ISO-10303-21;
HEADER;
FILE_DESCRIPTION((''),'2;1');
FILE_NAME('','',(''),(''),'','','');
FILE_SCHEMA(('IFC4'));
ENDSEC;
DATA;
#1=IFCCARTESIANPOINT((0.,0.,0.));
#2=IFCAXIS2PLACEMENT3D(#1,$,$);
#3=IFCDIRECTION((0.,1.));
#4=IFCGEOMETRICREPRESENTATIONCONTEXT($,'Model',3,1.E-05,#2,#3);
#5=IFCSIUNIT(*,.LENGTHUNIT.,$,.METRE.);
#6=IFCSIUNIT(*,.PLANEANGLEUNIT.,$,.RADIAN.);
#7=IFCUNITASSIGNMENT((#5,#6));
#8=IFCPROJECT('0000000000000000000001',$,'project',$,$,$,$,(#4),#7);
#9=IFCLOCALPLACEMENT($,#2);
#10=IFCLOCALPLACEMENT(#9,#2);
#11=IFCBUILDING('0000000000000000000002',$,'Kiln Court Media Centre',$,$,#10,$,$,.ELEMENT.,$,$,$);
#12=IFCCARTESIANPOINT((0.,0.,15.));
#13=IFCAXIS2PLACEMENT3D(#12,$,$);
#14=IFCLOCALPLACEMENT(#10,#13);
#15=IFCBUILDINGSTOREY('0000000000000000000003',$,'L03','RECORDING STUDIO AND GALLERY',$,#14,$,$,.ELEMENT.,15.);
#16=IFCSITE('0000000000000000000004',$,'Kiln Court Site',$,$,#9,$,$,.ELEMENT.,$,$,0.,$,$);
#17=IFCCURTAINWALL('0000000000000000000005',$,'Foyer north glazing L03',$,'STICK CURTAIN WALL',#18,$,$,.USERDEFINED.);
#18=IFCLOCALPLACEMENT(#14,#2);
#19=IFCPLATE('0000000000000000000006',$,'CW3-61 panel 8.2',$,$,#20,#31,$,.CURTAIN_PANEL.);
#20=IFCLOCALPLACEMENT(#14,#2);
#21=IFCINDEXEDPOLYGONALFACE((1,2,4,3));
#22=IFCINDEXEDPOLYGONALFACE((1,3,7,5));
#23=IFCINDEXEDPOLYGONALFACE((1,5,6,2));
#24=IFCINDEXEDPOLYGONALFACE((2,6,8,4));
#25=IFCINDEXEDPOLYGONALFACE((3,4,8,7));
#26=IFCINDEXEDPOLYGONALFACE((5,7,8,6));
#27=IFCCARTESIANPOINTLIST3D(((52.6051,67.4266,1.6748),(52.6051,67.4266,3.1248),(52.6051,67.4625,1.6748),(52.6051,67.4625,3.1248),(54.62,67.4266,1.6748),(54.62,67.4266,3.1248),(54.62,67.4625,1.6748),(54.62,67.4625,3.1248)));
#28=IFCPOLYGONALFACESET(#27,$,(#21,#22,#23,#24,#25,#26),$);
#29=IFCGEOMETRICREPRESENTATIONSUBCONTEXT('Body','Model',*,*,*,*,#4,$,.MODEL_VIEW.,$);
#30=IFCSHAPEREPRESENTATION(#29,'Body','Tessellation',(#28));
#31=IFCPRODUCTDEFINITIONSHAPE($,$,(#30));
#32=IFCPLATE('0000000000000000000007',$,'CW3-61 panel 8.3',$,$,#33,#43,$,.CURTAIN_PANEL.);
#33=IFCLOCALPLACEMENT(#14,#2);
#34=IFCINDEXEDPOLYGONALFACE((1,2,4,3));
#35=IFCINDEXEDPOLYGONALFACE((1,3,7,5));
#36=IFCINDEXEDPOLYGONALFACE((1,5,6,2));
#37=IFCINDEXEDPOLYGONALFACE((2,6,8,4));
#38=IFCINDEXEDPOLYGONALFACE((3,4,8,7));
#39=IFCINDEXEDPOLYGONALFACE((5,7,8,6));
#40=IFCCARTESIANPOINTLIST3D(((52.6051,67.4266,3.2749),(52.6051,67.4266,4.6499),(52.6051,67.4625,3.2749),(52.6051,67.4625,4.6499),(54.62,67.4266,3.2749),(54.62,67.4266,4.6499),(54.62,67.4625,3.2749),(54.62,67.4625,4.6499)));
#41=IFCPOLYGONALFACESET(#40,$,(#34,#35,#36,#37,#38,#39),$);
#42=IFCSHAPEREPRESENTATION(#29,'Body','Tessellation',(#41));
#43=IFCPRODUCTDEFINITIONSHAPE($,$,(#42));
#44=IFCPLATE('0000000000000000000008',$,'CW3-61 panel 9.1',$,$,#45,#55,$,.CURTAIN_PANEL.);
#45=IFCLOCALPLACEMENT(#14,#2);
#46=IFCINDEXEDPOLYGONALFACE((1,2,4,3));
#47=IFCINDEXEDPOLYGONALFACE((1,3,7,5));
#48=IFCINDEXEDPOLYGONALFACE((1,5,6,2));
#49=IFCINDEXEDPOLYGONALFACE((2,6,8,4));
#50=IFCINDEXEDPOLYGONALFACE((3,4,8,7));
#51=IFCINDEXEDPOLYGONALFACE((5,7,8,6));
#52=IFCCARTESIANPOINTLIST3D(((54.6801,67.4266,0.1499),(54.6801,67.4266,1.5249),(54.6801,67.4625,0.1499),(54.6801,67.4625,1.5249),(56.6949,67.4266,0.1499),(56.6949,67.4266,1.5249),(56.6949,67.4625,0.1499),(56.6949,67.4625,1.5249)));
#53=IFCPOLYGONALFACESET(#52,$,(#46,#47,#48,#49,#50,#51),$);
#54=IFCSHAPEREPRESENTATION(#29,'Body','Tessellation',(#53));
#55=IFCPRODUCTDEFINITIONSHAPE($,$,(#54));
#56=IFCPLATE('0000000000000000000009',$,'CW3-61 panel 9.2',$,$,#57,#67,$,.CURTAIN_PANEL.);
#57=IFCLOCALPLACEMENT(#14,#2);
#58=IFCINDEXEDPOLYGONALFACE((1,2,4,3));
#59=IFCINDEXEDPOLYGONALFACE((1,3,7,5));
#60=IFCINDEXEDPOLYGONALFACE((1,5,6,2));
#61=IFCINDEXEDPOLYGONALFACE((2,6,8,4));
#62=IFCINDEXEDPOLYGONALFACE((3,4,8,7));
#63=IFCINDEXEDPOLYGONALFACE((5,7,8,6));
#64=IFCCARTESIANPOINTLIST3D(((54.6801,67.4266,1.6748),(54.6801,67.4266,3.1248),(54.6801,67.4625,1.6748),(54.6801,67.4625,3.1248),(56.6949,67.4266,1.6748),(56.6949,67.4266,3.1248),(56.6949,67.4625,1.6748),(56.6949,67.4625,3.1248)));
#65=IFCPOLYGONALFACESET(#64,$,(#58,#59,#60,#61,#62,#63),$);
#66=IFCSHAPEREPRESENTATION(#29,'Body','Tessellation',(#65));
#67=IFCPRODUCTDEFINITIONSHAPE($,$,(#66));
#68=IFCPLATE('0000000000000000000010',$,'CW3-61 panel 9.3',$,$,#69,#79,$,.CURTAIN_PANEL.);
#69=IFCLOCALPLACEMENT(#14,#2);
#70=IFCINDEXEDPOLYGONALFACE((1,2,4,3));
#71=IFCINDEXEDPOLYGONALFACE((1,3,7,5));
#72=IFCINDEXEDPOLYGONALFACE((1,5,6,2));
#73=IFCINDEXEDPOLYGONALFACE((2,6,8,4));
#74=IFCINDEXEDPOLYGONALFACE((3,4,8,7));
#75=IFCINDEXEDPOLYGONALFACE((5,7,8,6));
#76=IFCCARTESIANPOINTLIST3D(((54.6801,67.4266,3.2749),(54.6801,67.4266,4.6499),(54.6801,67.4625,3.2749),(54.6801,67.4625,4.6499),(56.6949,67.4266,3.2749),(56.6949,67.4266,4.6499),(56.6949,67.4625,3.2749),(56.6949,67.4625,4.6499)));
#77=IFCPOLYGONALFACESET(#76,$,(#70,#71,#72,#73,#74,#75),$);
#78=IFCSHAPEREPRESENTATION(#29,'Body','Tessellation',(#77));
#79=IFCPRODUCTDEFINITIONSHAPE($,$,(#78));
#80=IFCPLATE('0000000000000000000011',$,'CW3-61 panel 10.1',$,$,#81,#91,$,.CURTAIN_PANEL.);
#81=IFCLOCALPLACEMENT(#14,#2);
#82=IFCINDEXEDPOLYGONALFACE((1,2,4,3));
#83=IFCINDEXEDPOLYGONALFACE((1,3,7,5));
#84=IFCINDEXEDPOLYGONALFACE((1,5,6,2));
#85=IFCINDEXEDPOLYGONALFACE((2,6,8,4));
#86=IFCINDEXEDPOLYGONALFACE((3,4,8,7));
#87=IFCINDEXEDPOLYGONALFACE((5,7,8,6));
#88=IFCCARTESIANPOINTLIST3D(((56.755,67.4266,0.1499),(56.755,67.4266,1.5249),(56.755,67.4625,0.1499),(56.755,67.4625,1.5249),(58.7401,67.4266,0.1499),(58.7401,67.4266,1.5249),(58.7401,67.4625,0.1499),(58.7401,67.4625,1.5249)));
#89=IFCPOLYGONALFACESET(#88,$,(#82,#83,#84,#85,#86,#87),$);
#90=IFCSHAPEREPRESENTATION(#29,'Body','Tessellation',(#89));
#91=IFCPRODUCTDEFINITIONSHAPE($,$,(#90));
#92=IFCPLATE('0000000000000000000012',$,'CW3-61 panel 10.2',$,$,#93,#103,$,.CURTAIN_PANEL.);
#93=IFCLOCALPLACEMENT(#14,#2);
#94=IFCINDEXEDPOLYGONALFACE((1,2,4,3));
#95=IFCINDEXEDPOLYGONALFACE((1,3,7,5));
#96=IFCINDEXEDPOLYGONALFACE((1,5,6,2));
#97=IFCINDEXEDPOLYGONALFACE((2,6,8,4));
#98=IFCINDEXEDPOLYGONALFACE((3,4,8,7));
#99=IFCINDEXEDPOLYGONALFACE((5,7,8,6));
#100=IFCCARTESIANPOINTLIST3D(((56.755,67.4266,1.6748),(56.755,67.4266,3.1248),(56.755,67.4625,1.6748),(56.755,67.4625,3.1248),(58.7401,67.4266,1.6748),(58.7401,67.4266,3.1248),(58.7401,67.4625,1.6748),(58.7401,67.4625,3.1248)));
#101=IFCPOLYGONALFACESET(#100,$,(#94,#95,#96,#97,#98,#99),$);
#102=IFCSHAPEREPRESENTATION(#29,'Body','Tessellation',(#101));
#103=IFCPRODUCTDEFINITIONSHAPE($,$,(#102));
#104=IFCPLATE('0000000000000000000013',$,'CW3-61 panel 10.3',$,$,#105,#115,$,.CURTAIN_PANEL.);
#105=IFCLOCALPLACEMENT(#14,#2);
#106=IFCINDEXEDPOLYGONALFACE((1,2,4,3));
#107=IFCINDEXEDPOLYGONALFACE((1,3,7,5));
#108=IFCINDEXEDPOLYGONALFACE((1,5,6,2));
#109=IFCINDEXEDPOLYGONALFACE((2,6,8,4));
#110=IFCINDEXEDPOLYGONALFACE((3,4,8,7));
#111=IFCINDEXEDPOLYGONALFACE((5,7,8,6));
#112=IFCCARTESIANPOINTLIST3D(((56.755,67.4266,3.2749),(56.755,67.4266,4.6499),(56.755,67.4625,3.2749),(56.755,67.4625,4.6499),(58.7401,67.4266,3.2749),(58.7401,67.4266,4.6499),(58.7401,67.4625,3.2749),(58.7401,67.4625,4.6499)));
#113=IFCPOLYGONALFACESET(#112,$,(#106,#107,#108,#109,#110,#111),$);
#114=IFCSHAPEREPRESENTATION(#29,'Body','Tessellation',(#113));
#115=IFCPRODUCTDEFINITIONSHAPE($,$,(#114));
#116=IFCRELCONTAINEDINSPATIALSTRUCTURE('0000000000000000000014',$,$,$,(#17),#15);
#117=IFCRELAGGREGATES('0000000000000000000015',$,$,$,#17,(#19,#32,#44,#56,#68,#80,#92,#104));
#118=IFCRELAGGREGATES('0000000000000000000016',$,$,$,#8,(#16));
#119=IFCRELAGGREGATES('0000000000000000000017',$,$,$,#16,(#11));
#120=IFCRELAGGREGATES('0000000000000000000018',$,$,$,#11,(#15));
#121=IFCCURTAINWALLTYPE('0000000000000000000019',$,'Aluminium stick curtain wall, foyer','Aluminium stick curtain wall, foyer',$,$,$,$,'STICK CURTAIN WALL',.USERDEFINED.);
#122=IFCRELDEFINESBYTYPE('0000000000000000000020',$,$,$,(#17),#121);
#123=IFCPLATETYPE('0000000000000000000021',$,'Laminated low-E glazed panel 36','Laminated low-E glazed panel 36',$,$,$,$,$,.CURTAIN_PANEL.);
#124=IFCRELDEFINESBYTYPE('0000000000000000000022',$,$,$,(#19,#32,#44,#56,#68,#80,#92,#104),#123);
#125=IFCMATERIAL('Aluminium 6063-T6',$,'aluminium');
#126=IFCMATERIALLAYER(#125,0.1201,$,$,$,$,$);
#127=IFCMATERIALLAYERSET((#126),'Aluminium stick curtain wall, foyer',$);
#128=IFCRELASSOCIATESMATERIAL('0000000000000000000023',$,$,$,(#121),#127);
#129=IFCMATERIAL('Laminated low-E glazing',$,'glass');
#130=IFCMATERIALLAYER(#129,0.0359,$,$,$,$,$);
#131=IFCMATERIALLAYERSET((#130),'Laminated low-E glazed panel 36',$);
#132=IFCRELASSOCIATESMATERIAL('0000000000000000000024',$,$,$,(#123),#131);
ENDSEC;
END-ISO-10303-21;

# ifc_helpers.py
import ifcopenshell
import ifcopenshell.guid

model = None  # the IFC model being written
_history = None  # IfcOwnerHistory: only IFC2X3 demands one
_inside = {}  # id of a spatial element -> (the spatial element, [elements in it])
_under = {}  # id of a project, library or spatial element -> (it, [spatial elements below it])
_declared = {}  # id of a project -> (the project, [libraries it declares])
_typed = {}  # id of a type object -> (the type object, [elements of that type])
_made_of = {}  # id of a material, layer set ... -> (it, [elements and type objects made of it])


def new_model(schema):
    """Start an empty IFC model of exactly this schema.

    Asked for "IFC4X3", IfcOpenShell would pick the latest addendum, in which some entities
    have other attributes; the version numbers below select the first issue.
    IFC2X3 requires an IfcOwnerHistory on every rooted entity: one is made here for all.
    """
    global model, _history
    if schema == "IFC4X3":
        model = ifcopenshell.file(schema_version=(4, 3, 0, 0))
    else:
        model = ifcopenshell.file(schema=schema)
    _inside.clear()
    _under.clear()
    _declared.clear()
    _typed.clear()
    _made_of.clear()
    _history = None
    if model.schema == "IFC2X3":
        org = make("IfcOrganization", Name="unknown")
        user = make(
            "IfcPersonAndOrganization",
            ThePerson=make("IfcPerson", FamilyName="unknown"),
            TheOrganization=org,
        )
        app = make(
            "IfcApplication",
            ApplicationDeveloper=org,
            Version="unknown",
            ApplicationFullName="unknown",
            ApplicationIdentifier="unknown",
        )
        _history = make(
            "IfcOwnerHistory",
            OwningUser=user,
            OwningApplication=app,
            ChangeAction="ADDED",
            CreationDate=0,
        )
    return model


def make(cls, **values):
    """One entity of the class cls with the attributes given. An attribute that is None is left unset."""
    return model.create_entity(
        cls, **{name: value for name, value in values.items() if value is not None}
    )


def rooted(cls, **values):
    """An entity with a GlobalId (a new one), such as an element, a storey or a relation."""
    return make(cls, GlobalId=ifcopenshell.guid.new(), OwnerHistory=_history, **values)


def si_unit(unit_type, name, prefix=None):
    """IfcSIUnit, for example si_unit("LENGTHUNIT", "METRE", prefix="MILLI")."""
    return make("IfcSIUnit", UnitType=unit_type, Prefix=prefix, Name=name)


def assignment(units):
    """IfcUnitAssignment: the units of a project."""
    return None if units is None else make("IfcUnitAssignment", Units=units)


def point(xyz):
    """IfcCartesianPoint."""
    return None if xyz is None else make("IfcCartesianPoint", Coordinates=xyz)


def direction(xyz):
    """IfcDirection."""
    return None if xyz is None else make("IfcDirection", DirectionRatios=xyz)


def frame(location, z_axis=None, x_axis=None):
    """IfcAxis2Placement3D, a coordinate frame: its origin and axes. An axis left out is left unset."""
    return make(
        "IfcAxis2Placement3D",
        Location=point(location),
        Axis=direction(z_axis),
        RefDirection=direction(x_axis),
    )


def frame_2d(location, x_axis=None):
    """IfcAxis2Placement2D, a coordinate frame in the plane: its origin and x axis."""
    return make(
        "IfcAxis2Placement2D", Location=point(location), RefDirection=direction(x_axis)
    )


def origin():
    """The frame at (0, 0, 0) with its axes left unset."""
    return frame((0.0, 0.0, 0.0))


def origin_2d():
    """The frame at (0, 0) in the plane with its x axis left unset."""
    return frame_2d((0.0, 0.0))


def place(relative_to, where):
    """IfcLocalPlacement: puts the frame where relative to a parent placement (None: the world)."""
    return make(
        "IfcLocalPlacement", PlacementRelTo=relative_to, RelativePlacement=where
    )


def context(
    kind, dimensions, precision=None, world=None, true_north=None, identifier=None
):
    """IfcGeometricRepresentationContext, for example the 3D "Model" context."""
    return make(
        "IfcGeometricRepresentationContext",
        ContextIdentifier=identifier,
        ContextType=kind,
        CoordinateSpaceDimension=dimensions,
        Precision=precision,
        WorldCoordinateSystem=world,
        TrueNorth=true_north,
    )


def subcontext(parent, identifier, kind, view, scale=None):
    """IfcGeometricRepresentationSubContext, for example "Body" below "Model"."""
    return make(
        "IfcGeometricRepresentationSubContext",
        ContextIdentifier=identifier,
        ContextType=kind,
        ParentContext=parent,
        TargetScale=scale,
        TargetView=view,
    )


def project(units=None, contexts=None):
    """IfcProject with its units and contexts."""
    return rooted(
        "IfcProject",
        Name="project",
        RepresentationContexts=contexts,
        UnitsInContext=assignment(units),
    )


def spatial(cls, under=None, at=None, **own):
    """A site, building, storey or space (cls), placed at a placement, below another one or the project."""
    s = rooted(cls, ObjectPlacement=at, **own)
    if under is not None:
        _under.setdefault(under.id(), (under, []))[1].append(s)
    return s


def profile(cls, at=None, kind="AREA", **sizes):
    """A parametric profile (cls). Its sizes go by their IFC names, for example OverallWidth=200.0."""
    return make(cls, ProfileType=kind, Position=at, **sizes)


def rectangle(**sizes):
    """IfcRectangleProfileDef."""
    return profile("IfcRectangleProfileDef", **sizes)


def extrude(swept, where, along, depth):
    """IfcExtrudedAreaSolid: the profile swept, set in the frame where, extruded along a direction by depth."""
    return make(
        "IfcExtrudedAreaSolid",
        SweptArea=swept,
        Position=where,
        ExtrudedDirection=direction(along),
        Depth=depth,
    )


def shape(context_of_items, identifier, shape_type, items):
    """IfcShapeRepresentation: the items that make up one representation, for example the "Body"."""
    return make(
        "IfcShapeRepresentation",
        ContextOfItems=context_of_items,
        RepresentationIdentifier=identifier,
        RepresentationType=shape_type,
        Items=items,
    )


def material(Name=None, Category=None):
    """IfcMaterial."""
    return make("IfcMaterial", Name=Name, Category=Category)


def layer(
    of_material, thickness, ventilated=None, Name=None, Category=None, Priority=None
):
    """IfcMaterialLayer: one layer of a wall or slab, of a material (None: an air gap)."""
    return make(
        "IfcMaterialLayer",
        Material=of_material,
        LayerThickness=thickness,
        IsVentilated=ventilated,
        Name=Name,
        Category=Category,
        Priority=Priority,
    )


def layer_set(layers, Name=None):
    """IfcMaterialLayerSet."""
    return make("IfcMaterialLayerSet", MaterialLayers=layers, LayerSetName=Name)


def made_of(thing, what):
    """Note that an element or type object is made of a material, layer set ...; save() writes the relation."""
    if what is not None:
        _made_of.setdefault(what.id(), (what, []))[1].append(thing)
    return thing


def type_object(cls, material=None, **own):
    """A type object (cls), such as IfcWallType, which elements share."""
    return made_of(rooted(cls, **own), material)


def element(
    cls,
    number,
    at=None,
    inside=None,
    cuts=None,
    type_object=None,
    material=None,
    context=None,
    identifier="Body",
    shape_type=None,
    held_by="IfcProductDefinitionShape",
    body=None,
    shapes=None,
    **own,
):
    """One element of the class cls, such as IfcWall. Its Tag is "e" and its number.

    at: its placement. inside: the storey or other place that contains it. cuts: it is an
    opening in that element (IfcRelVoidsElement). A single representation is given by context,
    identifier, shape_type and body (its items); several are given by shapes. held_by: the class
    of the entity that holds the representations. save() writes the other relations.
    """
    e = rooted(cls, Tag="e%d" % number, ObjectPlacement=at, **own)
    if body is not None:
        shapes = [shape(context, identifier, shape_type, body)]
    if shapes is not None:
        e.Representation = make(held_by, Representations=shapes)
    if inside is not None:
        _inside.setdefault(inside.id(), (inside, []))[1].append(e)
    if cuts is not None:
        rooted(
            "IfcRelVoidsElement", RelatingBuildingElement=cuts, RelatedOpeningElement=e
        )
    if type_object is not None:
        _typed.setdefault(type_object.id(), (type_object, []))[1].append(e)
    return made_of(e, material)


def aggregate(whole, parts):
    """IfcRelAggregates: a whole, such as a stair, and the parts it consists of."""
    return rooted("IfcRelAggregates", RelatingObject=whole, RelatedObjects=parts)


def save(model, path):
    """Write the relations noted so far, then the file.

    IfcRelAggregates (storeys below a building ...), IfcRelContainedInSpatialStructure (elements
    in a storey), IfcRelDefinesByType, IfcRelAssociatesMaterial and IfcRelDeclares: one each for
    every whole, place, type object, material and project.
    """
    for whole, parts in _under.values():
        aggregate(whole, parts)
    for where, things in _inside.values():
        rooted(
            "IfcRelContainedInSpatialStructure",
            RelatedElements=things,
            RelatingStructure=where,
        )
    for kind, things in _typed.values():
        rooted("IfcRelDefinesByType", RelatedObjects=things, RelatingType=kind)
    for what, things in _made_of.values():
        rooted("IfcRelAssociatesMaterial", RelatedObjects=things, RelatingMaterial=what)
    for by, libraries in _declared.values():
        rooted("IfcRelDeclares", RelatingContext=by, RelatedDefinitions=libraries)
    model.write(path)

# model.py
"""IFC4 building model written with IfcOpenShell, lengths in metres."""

from ifc_helpers import new_model, si_unit, direction, frame, origin, origin_2d, place, context, subcontext, project, spatial, rectangle, extrude, material, layer, layer_set, type_object, element, aggregate, save


model = new_model("IFC4")

# Units and contexts
model_context = context("Model", 3, precision=1e-05, world=origin(), true_north=direction((0.0, 1.0)))
body_context = subcontext(model_context, "Body", "Model", "MODEL_VIEW")
ifc_project = project(units=[si_unit("LENGTHUNIT", "METRE"), si_unit("PLANEANGLEUNIT", "RADIAN")], contexts=[model_context])

# Site, building, storey
site_placement = place(None, origin())
site = spatial("IfcSite", under=ifc_project, at=site_placement, Name="Kiln Court Site", CompositionType="ELEMENT", RefElevation=0.0)
building_placement = place(site_placement, origin())
building = spatial("IfcBuilding", under=site, at=building_placement, Name="Kiln Court Media Centre", CompositionType="ELEMENT")
storey_placement = place(building_placement, frame((0.0, 0.0, 15.0)))
storey = spatial("IfcBuildingStorey", under=building, at=storey_placement, Name="L03", Description="RECORDING STUDIO AND GALLERY", CompositionType="ELEMENT", Elevation=15.0)

# Curtain wall, plates
ifc_material_1 = material(Name="Aluminium 6063-T6", Category="aluminium")
ifc_layer_1 = layer(ifc_material_1, 0.1201)
ifc_layer_set_1 = layer_set([ifc_layer_1], Name="Aluminium stick curtain wall, foyer")
curtain_wall_type = type_object("IfcCurtainWallType", Name="Aluminium stick curtain wall, foyer", Description="Aluminium stick curtain wall, foyer", ElementType="STICK CURTAIN WALL", PredefinedType="USERDEFINED", material=ifc_layer_set_1)
curtain_wall_placement = place(storey_placement, origin())
curtain_wall = element("IfcCurtainWall", 1, at=curtain_wall_placement, inside=storey, type_object=curtain_wall_type, Name="Foyer north glazing L03", ObjectType="STICK CURTAIN WALL", PredefinedType="USERDEFINED")
ifc_material_2 = material(Name="Laminated low-E glazing", Category="glass")
ifc_layer_2 = layer(ifc_material_2, 0.0359)
ifc_layer_set_2 = layer_set([ifc_layer_2], Name="Laminated low-E glazed panel 36")
plate_type = type_object("IfcPlateType", Name="Laminated low-E glazed panel 36", Description="Laminated low-E glazed panel 36", PredefinedType="CURTAIN_PANEL", material=ifc_layer_set_2)
plate_1_placement = place(storey_placement, frame((53.6125, 67.4446, 1.6748), z_axis=(0.0, 0.0, 1.0), x_axis=(1.0, 0.0, 0.0)))
plate_1 = element("IfcPlate", 2, at=plate_1_placement, type_object=plate_type, Name="CW3-61 panel 8.2", PredefinedType="CURTAIN_PANEL", context=body_context, shape_type="SweptSolid", body=[
    extrude(rectangle(XDim=2.0149, YDim=0.0359, at=origin_2d()), origin(), (0.0, 0.0, 1.0), 1.45),
])
plate_2_placement = place(storey_placement, frame((53.6125, 67.4446, 3.2749), z_axis=(0.0, 0.0, 1.0), x_axis=(1.0, 0.0, 0.0)))
plate_2 = element("IfcPlate", 3, at=plate_2_placement, type_object=plate_type, Name="CW3-61 panel 8.3", PredefinedType="CURTAIN_PANEL", context=body_context, shape_type="SweptSolid", body=[
    extrude(rectangle(XDim=2.0149, YDim=0.0359, at=origin_2d()), origin(), (0.0, 0.0, 1.0), 1.375),
])
plate_3_placement = place(storey_placement, frame((55.6875, 67.4446, 0.1499), z_axis=(0.0, 0.0, 1.0), x_axis=(1.0, 0.0, 0.0)))
plate_3 = element("IfcPlate", 4, at=plate_3_placement, type_object=plate_type, Name="CW3-61 panel 9.1", PredefinedType="CURTAIN_PANEL", context=body_context, shape_type="SweptSolid", body=[
    extrude(rectangle(XDim=2.0149, YDim=0.0359, at=origin_2d()), origin(), (0.0, 0.0, 1.0), 1.375),
])
plate_4_placement = place(storey_placement, frame((55.6875, 67.4446, 1.6748), z_axis=(0.0, 0.0, 1.0), x_axis=(1.0, 0.0, 0.0)))
plate_4 = element("IfcPlate", 5, at=plate_4_placement, type_object=plate_type, Name="CW3-61 panel 9.2", PredefinedType="CURTAIN_PANEL", context=body_context, shape_type="SweptSolid", body=[
    extrude(rectangle(XDim=2.0149, YDim=0.0359, at=origin_2d()), origin(), (0.0, 0.0, 1.0), 1.45),
])
plate_5_placement = place(storey_placement, frame((55.6875, 67.4446, 3.2749), z_axis=(0.0, 0.0, 1.0), x_axis=(1.0, 0.0, 0.0)))
plate_5 = element("IfcPlate", 6, at=plate_5_placement, type_object=plate_type, Name="CW3-61 panel 9.3", PredefinedType="CURTAIN_PANEL", context=body_context, shape_type="SweptSolid", body=[
    extrude(rectangle(XDim=2.0149, YDim=0.0359, at=origin_2d()), origin(), (0.0, 0.0, 1.0), 1.375),
])
plate_6_placement = place(storey_placement, frame((57.7476, 67.4446, 0.1499), z_axis=(0.0, 0.0, 1.0), x_axis=(1.0, 0.0, 0.0)))
plate_6 = element("IfcPlate", 7, at=plate_6_placement, type_object=plate_type, Name="CW3-61 panel 10.1", PredefinedType="CURTAIN_PANEL", context=body_context, shape_type="SweptSolid", body=[
    extrude(rectangle(XDim=1.9851, YDim=0.0359, at=origin_2d()), origin(), (0.0, 0.0, 1.0), 1.375),
])
plate_7_placement = place(storey_placement, frame((57.7476, 67.4446, 1.6748), z_axis=(0.0, 0.0, 1.0), x_axis=(1.0, 0.0, 0.0)))
plate_7 = element("IfcPlate", 8, at=plate_7_placement, type_object=plate_type, Name="CW3-61 panel 10.2", PredefinedType="CURTAIN_PANEL", context=body_context, shape_type="SweptSolid", body=[
    extrude(rectangle(XDim=1.9851, YDim=0.0359, at=origin_2d()), origin(), (0.0, 0.0, 1.0), 1.45),
])
plate_8_placement = place(storey_placement, frame((57.7476, 67.4446, 3.2749), z_axis=(0.0, 0.0, 1.0), x_axis=(1.0, 0.0, 0.0)))
plate_8 = element("IfcPlate", 9, at=plate_8_placement, type_object=plate_type, Name="CW3-61 panel 10.3", PredefinedType="CURTAIN_PANEL", context=body_context, shape_type="SweptSolid", body=[
    extrude(rectangle(XDim=1.9851, YDim=0.0359, at=origin_2d()), origin(), (0.0, 0.0, 1.0), 1.375),
])
aggregate(curtain_wall, [plate_1, plate_2, plate_3, plate_4, plate_5, plate_6, plate_7, plate_8])

save(model, "model.ifc")
